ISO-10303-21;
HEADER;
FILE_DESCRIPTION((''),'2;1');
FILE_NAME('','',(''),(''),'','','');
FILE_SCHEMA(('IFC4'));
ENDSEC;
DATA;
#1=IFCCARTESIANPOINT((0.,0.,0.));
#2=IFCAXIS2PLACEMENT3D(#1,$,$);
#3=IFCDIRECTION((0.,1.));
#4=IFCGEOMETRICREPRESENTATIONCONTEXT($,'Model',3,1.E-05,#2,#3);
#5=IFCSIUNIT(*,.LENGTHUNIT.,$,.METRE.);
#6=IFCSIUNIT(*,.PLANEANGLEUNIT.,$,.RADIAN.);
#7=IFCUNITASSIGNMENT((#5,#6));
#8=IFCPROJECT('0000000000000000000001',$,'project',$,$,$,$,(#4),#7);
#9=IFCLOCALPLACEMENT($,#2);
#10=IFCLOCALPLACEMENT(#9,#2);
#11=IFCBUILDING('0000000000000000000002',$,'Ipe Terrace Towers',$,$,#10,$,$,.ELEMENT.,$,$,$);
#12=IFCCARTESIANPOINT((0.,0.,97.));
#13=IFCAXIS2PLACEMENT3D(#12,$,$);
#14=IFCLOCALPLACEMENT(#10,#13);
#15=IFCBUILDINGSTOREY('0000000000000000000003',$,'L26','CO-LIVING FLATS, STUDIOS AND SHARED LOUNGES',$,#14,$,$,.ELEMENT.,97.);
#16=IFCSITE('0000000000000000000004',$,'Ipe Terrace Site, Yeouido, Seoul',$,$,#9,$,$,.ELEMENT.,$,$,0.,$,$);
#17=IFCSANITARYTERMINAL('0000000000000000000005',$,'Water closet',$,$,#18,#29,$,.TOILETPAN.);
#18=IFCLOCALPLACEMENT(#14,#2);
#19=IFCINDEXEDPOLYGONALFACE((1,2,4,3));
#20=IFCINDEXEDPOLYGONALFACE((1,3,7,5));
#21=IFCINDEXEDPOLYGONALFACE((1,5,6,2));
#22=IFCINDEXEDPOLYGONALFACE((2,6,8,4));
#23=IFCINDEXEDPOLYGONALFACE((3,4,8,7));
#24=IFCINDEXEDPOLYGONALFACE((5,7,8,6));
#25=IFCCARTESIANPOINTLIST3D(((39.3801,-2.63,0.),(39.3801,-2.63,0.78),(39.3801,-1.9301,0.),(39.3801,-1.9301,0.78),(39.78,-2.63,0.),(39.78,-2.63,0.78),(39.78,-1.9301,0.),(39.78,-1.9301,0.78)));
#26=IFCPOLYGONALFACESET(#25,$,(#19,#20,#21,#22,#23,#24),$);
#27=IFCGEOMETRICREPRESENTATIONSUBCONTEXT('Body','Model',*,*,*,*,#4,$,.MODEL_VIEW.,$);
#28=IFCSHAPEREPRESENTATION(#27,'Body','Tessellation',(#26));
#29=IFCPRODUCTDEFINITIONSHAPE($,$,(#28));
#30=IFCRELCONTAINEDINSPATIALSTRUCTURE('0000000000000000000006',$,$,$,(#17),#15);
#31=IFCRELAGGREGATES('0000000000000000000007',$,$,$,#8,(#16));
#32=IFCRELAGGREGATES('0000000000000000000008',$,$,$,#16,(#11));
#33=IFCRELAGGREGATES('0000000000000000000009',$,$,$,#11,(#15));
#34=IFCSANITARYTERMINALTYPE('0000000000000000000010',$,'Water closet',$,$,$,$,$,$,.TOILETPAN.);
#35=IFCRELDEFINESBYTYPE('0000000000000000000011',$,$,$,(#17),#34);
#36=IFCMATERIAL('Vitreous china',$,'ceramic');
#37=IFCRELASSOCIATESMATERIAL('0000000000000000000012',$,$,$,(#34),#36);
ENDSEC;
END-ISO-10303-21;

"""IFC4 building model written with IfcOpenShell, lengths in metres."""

from ifc_helpers import new_model, si_unit, direction, frame, origin, origin_2d, place, context, subcontext, project, spatial, rectangle, extrude, material, type_object, element, save


model = new_model("IFC4")

# Units and contexts
model_context = context("Model", 3, precision=1e-05, world=origin(), true_north=direction((0.0, 1.0)))
body_context = subcontext(model_context, "Body", "Model", "MODEL_VIEW")
ifc_project = project(units=[si_unit("LENGTHUNIT", "METRE"), si_unit("PLANEANGLEUNIT", "RADIAN")], contexts=[model_context])

# Site, building, storey
site_placement = place(None, origin())
site = spatial("IfcSite", under=ifc_project, at=site_placement, Name="Ipe Terrace Site, Yeouido, Seoul", CompositionType="ELEMENT", RefElevation=0.0)
building_placement = place(site_placement, origin())
building = spatial("IfcBuilding", under=site, at=building_placement, Name="Ipe Terrace Towers", CompositionType="ELEMENT")
storey_placement = place(building_placement, frame((0.0, 0.0, 97.0)))
storey = spatial("IfcBuildingStorey", under=building, at=storey_placement, Name="L26", Description="CO-LIVING FLATS, STUDIOS AND SHARED LOUNGES", CompositionType="ELEMENT", Elevation=97.0)

# Sanitary terminal
ifc_material_1 = material(Name="Vitreous china", Category="ceramic")
sanitary_terminal_type_1 = type_object("IfcSanitaryTerminalType", Name="Water closet", PredefinedType="TOILETPAN", material=ifc_material_1)
sanitary_terminal_1_placement = place(storey_placement, frame((39.5801, -2.28, 0.0), z_axis=(0.0, 0.0, 1.0), x_axis=(0.0, 1.0, 0.0)))
element("IfcSanitaryTerminal", 1, at=sanitary_terminal_1_placement, inside=storey, type_object=sanitary_terminal_type_1, Name="Water closet", PredefinedType="TOILETPAN", context=body_context, shape_type="SweptSolid", body=[
    extrude(rectangle(XDim=0.7, YDim=0.3999, at=origin_2d()), origin(), (0.0, 0.0, 1.0), 0.78),
])

save(model, "model.ifc")
